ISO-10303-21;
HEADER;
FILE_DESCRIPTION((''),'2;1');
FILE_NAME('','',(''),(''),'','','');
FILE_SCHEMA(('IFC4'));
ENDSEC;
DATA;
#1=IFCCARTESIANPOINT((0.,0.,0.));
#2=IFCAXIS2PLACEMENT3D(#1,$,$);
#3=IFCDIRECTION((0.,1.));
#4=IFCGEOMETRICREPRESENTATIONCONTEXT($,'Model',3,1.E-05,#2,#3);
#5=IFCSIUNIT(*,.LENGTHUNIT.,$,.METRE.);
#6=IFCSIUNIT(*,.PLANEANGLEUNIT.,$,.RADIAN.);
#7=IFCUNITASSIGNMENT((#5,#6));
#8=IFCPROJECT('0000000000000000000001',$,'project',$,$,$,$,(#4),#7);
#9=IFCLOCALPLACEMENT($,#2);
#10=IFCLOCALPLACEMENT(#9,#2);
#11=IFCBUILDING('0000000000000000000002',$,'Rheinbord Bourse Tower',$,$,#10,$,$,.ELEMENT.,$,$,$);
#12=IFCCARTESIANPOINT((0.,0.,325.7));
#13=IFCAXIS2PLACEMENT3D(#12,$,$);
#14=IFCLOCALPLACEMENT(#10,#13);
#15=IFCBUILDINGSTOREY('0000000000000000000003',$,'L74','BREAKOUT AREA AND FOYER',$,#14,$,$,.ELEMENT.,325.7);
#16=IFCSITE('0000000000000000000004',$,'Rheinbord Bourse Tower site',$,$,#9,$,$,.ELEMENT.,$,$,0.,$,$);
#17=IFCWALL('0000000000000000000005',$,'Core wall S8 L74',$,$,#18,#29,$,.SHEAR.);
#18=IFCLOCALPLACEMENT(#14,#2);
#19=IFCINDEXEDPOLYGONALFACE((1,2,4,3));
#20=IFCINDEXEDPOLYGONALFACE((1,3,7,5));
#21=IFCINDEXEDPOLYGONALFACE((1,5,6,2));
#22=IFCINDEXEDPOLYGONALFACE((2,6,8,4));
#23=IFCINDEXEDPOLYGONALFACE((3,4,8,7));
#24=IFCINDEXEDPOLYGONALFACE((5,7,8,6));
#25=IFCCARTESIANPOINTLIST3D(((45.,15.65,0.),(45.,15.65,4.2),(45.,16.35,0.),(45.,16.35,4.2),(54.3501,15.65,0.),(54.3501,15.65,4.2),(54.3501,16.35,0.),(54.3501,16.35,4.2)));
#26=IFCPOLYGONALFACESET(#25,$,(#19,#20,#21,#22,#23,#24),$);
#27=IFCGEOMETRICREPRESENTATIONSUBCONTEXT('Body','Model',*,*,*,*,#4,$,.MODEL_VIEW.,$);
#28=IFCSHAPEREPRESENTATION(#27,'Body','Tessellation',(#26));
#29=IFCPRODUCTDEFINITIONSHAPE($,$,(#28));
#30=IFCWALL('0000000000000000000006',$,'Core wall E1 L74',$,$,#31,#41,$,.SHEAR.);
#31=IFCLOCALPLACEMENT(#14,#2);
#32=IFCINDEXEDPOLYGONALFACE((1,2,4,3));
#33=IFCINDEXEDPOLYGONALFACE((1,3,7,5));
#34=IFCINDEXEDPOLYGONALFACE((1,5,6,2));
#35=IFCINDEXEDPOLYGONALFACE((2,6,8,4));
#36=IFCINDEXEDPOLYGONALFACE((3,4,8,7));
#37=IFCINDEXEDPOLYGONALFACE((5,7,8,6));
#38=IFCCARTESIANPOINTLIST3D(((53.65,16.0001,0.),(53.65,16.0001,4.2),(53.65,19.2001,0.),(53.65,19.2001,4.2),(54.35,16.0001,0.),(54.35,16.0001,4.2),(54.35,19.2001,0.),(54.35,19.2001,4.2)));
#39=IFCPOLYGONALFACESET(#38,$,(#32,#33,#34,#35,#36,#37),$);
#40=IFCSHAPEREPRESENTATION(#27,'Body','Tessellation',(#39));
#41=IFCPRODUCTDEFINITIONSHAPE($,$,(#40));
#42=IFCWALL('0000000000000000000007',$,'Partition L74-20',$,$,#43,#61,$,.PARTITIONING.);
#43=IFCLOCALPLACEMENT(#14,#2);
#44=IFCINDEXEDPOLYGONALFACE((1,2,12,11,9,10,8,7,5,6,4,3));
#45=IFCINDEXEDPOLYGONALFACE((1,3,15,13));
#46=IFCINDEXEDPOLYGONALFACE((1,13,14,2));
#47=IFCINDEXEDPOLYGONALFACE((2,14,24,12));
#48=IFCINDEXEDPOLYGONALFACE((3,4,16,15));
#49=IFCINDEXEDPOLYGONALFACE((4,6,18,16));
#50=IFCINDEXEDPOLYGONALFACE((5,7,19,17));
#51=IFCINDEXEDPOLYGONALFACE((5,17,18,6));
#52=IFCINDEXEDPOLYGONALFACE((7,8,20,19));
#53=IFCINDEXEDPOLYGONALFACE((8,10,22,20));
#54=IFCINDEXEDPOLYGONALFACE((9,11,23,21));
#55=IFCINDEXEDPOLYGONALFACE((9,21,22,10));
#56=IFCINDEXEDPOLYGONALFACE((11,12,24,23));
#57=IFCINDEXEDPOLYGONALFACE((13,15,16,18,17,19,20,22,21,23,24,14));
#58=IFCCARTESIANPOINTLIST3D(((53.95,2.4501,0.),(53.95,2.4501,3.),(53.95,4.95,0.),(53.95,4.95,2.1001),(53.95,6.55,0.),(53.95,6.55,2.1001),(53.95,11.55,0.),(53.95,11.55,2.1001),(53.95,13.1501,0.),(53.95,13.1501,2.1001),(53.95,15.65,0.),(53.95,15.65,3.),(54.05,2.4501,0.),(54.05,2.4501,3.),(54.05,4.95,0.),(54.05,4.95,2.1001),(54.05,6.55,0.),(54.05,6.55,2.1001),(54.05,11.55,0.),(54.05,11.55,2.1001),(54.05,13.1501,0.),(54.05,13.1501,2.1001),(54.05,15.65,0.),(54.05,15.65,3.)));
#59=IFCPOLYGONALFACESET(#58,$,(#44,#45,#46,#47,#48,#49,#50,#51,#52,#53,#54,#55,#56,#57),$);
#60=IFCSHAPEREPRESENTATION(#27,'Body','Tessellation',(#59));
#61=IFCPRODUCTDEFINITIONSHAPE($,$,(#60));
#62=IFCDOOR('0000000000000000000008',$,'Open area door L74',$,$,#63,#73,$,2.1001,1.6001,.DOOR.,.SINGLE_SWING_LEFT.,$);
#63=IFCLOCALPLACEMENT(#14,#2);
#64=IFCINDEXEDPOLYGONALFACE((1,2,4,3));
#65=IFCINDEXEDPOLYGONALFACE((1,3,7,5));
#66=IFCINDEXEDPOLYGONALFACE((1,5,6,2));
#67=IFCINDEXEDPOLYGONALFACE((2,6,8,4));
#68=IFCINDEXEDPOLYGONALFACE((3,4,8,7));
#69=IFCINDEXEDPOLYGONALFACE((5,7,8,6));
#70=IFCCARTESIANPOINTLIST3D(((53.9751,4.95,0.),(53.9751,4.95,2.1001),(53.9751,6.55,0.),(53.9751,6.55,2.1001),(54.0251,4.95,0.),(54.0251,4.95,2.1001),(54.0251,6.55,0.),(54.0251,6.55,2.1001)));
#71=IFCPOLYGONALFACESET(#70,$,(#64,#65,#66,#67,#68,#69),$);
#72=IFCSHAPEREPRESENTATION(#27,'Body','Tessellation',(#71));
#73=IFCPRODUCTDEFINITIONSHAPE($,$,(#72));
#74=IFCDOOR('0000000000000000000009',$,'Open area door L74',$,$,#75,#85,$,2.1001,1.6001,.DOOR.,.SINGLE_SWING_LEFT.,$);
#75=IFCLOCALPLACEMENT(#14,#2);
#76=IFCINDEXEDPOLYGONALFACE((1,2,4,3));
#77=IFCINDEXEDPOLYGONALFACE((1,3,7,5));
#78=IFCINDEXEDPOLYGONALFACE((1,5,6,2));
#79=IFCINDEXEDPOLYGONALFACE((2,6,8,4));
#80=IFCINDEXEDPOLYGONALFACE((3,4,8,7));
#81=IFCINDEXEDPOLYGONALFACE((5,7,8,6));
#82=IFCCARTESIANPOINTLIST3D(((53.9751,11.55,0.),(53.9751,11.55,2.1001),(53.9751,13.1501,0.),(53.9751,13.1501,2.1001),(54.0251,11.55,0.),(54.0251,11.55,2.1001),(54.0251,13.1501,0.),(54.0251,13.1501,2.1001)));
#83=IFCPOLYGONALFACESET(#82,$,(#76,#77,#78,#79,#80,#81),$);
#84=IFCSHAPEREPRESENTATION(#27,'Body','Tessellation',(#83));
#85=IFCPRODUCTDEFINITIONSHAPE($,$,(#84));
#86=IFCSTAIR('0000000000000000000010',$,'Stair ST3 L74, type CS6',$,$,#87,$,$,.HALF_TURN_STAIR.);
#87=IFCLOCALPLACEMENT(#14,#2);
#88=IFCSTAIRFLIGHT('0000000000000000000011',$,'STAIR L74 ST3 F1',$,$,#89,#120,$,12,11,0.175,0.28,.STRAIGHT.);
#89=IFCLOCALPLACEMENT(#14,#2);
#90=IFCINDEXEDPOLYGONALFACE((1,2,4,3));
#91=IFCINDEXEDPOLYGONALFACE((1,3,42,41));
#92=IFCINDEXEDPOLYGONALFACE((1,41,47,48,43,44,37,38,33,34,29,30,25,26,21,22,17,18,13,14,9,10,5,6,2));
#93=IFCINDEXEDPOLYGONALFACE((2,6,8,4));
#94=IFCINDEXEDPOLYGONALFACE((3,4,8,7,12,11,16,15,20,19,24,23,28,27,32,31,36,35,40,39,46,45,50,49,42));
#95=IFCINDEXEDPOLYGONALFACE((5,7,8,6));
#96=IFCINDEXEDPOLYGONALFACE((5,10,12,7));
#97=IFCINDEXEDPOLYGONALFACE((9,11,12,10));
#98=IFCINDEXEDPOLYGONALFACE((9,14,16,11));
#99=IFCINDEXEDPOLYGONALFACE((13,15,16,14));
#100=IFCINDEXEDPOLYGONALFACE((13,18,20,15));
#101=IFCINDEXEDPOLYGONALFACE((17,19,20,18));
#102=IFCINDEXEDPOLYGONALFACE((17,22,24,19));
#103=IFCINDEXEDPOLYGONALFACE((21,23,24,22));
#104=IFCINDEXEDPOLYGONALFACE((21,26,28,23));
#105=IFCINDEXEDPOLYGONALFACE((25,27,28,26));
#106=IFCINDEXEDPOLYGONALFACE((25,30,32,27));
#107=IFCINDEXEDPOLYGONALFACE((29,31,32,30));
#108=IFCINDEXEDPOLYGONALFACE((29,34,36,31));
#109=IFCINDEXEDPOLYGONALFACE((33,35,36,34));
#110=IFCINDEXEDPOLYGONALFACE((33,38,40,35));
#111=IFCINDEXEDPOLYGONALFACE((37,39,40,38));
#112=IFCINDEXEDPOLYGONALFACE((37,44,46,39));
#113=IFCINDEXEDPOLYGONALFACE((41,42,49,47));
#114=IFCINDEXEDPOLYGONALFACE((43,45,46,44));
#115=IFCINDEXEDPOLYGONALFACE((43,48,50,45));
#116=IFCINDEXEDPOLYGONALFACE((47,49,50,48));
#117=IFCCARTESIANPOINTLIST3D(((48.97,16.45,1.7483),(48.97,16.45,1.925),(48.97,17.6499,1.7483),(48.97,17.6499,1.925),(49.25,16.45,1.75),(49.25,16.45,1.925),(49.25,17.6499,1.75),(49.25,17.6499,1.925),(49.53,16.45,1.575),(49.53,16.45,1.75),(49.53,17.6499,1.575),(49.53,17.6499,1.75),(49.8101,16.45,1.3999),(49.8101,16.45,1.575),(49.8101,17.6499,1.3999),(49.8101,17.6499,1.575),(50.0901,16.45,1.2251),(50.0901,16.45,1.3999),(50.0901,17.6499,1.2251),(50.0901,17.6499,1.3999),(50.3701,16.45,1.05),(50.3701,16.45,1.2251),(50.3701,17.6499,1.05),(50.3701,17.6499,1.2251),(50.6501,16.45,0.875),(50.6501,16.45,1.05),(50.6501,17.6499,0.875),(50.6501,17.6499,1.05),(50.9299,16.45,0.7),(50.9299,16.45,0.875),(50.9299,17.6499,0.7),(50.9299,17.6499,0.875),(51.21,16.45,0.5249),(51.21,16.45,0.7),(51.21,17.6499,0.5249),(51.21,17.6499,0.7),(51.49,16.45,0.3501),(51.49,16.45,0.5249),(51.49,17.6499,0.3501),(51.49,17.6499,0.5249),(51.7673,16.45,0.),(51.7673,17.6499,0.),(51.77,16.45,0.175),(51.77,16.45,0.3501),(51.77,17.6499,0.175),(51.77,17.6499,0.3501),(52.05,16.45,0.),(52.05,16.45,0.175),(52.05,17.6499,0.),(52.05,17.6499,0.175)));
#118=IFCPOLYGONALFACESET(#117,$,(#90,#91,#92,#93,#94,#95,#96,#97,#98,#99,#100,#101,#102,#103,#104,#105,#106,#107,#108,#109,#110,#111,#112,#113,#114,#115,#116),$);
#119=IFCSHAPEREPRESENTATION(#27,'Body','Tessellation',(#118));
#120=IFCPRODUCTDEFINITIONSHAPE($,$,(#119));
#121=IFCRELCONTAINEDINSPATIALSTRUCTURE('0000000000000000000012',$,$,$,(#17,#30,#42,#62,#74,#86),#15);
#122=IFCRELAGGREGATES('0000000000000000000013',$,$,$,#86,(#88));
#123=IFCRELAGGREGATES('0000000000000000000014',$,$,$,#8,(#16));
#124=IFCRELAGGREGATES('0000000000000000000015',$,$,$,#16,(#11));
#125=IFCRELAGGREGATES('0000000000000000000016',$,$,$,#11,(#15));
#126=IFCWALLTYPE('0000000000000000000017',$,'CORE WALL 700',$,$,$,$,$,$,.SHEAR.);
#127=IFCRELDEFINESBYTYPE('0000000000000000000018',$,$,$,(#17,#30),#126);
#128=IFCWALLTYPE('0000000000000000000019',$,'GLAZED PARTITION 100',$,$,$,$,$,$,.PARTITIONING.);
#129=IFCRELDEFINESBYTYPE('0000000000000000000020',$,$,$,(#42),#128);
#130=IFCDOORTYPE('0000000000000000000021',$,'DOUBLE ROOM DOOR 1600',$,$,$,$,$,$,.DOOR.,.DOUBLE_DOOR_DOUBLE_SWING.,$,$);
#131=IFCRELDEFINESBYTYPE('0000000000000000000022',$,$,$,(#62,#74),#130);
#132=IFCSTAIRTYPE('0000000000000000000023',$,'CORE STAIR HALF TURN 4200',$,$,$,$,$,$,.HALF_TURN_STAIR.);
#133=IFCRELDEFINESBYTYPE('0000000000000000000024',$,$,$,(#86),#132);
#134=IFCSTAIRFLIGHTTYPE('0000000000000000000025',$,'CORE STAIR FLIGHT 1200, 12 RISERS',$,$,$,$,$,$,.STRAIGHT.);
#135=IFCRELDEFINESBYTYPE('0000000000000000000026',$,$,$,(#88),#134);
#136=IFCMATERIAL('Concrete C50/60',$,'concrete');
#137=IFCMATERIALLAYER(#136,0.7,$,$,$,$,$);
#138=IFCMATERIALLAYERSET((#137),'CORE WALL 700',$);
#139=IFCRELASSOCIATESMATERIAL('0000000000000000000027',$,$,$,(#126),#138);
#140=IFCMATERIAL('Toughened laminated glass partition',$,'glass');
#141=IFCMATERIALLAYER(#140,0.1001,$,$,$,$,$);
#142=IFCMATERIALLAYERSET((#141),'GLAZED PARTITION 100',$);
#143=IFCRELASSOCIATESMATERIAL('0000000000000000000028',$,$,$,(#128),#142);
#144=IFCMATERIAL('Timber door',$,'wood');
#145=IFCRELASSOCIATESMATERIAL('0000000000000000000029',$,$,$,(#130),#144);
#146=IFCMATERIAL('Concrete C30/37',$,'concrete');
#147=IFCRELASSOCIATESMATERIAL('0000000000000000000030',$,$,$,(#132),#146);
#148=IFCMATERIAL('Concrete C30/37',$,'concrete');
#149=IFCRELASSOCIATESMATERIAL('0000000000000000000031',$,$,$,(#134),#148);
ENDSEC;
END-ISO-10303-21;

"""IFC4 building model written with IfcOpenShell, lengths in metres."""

from ifc_helpers import new_model, si_unit, direction, frame, frame_2d, origin, place, context, subcontext, project, spatial, polyline, rectangle, outline, extrude, material, layer, layer_set, type_object, element, fill, aggregate, save


model = new_model("IFC4")

# Units and contexts
model_context = context("Model", 3, precision=1e-05, world=origin(), true_north=direction((0.0, 1.0)))
body_context = subcontext(model_context, "Body", "Model", "MODEL_VIEW")
ifc_project = project(units=[si_unit("LENGTHUNIT", "METRE"), si_unit("PLANEANGLEUNIT", "RADIAN")], contexts=[model_context])

# Site, building, storey
site_placement = place(None, origin())
site = spatial("IfcSite", under=ifc_project, at=site_placement, Name="Rheinbord Bourse Tower site", CompositionType="ELEMENT", RefElevation=0.0)
building_placement = place(site_placement, origin())
building = spatial("IfcBuilding", under=site, at=building_placement, Name="Rheinbord Bourse Tower", CompositionType="ELEMENT")
storey_placement = place(building_placement, frame((0.0, 0.0, 325.7)))
storey = spatial("IfcBuildingStorey", under=building, at=storey_placement, Name="L74", Description="BREAKOUT AREA AND FOYER", CompositionType="ELEMENT", Elevation=325.7)

# Walls
ifc_material_1 = material(Name="Concrete C50/60", Category="concrete")
ifc_layer_1 = layer(ifc_material_1, 0.7)
ifc_layer_set_1 = layer_set([ifc_layer_1], Name="CORE WALL 700")
wall_type_1 = type_object("IfcWallType", Name="CORE WALL 700", PredefinedType="SHEAR", material=ifc_layer_set_1)
wall_1_placement = place(storey_placement, frame((45.0, 16.0, 0.0), z_axis=(0.0, 0.0, 1.0), x_axis=(1.0, 0.0, 0.0)))
element("IfcWall", 1, at=wall_1_placement, inside=storey, type_object=wall_type_1, Name="Core wall S8 L74", PredefinedType="SHEAR", context=body_context, shape_type="SweptSolid", body=[
    extrude(rectangle(XDim=9.3501, YDim=0.7, at=frame_2d((4.675, 0.0))), origin(), (0.0, 0.0, 1.0), 4.2),
])
wall_2_placement = place(storey_placement, frame((54.0, 16.0, 0.0), z_axis=(0.0, 0.0, 1.0), x_axis=(0.0, 1.0, 0.0)))
element("IfcWall", 2, at=wall_2_placement, inside=storey, type_object=wall_type_1, Name="Core wall E1 L74", PredefinedType="SHEAR", context=body_context, shape_type="SweptSolid", body=[
    extrude(rectangle(XDim=3.2, YDim=0.7, at=frame_2d((1.6001, 0.0))), origin(), (0.0, 0.0, 1.0), 4.2),
])

# Wall, openings, doors
ifc_material_2 = material(Name="Toughened laminated glass partition", Category="glass")
ifc_layer_2 = layer(ifc_material_2, 0.1001)
ifc_layer_set_2 = layer_set([ifc_layer_2], Name="GLAZED PARTITION 100")
wall_type_2 = type_object("IfcWallType", Name="GLAZED PARTITION 100", PredefinedType="PARTITIONING", material=ifc_layer_set_2)
wall_3_placement = place(storey_placement, frame((54.0, 2.45, 0.0), z_axis=(0.0, 0.0, 1.0), x_axis=(0.0, 1.0, 0.0)))
wall_3 = element("IfcWall", 3, at=wall_3_placement, inside=storey, type_object=wall_type_2, Name="Partition L74-20", PredefinedType="PARTITIONING", context=body_context, shape_type="SweptSolid", body=[
    extrude(rectangle(XDim=13.2, YDim=0.1001, at=frame_2d((6.6001, 0.0))), origin(), (0.0, 0.0, 1.0), 3.0),
])
opening_1_placement = place(wall_3_placement, frame((2.5, 0.0, 0.0)))
opening_1 = element("IfcOpeningElement", 4, at=opening_1_placement, cuts=wall_3, PredefinedType="OPENING", context=body_context, shape_type="SweptSolid", body=[
    extrude(rectangle(XDim=1.6001, YDim=2.1001, at=frame_2d((0.8, 1.05))), frame((0.0, 0.0601, 0.0), z_axis=(0.0, -1.0, 0.0), x_axis=(1.0, 0.0, 0.0)), (0.0, 0.0, 1.0), 0.1201),
])
opening_2_placement = place(wall_3_placement, frame((9.1001, 0.0, 0.0)))
opening_2 = element("IfcOpeningElement", 5, at=opening_2_placement, cuts=wall_3, PredefinedType="OPENING", context=body_context, shape_type="SweptSolid", body=[
    extrude(rectangle(XDim=1.6001, YDim=2.1001, at=frame_2d((0.8, 1.05))), frame((0.0, 0.0601, 0.0), z_axis=(0.0, -1.0, 0.0), x_axis=(1.0, 0.0, 0.0)), (0.0, 0.0, 1.0), 0.1201),
])
ifc_material_3 = material(Name="Timber door", Category="wood")
door_type_1 = type_object("IfcDoorType", Name="DOUBLE ROOM DOOR 1600", OperationType="DOUBLE_DOOR_DOUBLE_SWING", PredefinedType="DOOR", material=ifc_material_3)
door_1_placement = place(opening_1_placement, origin())
door_1 = element("IfcDoor", 6, at=door_1_placement, inside=storey, type_object=door_type_1, Name="Open area door L74", OperationType="SINGLE_SWING_LEFT", OverallHeight=2.1001, OverallWidth=1.6001, PredefinedType="DOOR", context=body_context, shape_type="SweptSolid", body=[
    extrude(rectangle(XDim=1.6001, YDim=2.1001, at=frame_2d((0.8, 1.05))), frame((0.0, 0.0249, 0.0), z_axis=(0.0, -1.0, 0.0), x_axis=(1.0, 0.0, 0.0)), (0.0, 0.0, 1.0), 0.05),
])
fill(opening_1, door_1)
door_2_placement = place(opening_2_placement, origin())
door_2 = element("IfcDoor", 7, at=door_2_placement, inside=storey, type_object=door_type_1, Name="Open area door L74", OperationType="SINGLE_SWING_LEFT", OverallHeight=2.1001, OverallWidth=1.6001, PredefinedType="DOOR", context=body_context, shape_type="SweptSolid", body=[
    extrude(rectangle(XDim=1.6001, YDim=2.1001, at=frame_2d((0.8, 1.05))), frame((0.0, 0.0249, 0.0), z_axis=(0.0, -1.0, 0.0), x_axis=(1.0, 0.0, 0.0)), (0.0, 0.0, 1.0), 0.05),
])
fill(opening_2, door_2)

# Stair, stair flight
ifc_material_4 = material(Name="Concrete C30/37", Category="concrete")
stair_type = type_object("IfcStairType", Name="CORE STAIR HALF TURN 4200", PredefinedType="HALF_TURN_STAIR", material=ifc_material_4)
stair_placement = place(storey_placement, origin())
stair = element("IfcStair", 8, at=stair_placement, inside=storey, type_object=stair_type, Name="Stair ST3 L74, type CS6", PredefinedType="HALF_TURN_STAIR")
ifc_material_5 = material(Name="Concrete C30/37", Category="concrete")
stair_flight_type = type_object("IfcStairFlightType", Name="CORE STAIR FLIGHT 1200, 12 RISERS", PredefinedType="STRAIGHT", material=ifc_material_5)
stair_flight_placement = place(storey_placement, frame((52.05, 17.05, 0.0), z_axis=(0.0, 0.0, 1.0), x_axis=(-1.0, 0.0, 0.0)))
stair_flight = element("IfcStairFlight", 9, at=stair_flight_placement, type_object=stair_flight_type, Name="STAIR L74 ST3 F1", NumberOfRisers=12, NumberOfTreads=11, PredefinedType="STRAIGHT", RiserHeight=0.175, TreadLength=0.28, context=body_context, shape_type="SweptSolid", body=[
    extrude(outline(polyline([(0.0, 0.0), (0.0, 0.175), (0.28, 0.175), (0.28, 0.3501), (0.5601, 0.3501), (0.5601, 0.5249), (0.8401, 0.5249), (0.8401, 0.7), (1.1201, 0.7), (1.1201, 0.875), (1.3999, 0.875), (1.3999, 1.05), (1.6799, 1.05), (1.6799, 1.2251), (1.96, 1.2251), (1.96, 1.3999), (2.24, 1.3999), (2.24, 1.575), (2.52, 1.575), (2.52, 1.75), (2.8, 1.75), (2.8, 1.925), (3.0801, 1.925), (3.0801, 2.1001), (3.0801, 1.7483), (0.2827, 0.0), (0.0, 0.0)])), frame((0.0, 0.6001, 0.0), z_axis=(0.0, -1.0, 0.0), x_axis=(1.0, 0.0, 0.0)), (0.0, 0.0, 1.0), 1.2),
])
aggregate(stair, [stair_flight])

save(model, "model.ifc")
